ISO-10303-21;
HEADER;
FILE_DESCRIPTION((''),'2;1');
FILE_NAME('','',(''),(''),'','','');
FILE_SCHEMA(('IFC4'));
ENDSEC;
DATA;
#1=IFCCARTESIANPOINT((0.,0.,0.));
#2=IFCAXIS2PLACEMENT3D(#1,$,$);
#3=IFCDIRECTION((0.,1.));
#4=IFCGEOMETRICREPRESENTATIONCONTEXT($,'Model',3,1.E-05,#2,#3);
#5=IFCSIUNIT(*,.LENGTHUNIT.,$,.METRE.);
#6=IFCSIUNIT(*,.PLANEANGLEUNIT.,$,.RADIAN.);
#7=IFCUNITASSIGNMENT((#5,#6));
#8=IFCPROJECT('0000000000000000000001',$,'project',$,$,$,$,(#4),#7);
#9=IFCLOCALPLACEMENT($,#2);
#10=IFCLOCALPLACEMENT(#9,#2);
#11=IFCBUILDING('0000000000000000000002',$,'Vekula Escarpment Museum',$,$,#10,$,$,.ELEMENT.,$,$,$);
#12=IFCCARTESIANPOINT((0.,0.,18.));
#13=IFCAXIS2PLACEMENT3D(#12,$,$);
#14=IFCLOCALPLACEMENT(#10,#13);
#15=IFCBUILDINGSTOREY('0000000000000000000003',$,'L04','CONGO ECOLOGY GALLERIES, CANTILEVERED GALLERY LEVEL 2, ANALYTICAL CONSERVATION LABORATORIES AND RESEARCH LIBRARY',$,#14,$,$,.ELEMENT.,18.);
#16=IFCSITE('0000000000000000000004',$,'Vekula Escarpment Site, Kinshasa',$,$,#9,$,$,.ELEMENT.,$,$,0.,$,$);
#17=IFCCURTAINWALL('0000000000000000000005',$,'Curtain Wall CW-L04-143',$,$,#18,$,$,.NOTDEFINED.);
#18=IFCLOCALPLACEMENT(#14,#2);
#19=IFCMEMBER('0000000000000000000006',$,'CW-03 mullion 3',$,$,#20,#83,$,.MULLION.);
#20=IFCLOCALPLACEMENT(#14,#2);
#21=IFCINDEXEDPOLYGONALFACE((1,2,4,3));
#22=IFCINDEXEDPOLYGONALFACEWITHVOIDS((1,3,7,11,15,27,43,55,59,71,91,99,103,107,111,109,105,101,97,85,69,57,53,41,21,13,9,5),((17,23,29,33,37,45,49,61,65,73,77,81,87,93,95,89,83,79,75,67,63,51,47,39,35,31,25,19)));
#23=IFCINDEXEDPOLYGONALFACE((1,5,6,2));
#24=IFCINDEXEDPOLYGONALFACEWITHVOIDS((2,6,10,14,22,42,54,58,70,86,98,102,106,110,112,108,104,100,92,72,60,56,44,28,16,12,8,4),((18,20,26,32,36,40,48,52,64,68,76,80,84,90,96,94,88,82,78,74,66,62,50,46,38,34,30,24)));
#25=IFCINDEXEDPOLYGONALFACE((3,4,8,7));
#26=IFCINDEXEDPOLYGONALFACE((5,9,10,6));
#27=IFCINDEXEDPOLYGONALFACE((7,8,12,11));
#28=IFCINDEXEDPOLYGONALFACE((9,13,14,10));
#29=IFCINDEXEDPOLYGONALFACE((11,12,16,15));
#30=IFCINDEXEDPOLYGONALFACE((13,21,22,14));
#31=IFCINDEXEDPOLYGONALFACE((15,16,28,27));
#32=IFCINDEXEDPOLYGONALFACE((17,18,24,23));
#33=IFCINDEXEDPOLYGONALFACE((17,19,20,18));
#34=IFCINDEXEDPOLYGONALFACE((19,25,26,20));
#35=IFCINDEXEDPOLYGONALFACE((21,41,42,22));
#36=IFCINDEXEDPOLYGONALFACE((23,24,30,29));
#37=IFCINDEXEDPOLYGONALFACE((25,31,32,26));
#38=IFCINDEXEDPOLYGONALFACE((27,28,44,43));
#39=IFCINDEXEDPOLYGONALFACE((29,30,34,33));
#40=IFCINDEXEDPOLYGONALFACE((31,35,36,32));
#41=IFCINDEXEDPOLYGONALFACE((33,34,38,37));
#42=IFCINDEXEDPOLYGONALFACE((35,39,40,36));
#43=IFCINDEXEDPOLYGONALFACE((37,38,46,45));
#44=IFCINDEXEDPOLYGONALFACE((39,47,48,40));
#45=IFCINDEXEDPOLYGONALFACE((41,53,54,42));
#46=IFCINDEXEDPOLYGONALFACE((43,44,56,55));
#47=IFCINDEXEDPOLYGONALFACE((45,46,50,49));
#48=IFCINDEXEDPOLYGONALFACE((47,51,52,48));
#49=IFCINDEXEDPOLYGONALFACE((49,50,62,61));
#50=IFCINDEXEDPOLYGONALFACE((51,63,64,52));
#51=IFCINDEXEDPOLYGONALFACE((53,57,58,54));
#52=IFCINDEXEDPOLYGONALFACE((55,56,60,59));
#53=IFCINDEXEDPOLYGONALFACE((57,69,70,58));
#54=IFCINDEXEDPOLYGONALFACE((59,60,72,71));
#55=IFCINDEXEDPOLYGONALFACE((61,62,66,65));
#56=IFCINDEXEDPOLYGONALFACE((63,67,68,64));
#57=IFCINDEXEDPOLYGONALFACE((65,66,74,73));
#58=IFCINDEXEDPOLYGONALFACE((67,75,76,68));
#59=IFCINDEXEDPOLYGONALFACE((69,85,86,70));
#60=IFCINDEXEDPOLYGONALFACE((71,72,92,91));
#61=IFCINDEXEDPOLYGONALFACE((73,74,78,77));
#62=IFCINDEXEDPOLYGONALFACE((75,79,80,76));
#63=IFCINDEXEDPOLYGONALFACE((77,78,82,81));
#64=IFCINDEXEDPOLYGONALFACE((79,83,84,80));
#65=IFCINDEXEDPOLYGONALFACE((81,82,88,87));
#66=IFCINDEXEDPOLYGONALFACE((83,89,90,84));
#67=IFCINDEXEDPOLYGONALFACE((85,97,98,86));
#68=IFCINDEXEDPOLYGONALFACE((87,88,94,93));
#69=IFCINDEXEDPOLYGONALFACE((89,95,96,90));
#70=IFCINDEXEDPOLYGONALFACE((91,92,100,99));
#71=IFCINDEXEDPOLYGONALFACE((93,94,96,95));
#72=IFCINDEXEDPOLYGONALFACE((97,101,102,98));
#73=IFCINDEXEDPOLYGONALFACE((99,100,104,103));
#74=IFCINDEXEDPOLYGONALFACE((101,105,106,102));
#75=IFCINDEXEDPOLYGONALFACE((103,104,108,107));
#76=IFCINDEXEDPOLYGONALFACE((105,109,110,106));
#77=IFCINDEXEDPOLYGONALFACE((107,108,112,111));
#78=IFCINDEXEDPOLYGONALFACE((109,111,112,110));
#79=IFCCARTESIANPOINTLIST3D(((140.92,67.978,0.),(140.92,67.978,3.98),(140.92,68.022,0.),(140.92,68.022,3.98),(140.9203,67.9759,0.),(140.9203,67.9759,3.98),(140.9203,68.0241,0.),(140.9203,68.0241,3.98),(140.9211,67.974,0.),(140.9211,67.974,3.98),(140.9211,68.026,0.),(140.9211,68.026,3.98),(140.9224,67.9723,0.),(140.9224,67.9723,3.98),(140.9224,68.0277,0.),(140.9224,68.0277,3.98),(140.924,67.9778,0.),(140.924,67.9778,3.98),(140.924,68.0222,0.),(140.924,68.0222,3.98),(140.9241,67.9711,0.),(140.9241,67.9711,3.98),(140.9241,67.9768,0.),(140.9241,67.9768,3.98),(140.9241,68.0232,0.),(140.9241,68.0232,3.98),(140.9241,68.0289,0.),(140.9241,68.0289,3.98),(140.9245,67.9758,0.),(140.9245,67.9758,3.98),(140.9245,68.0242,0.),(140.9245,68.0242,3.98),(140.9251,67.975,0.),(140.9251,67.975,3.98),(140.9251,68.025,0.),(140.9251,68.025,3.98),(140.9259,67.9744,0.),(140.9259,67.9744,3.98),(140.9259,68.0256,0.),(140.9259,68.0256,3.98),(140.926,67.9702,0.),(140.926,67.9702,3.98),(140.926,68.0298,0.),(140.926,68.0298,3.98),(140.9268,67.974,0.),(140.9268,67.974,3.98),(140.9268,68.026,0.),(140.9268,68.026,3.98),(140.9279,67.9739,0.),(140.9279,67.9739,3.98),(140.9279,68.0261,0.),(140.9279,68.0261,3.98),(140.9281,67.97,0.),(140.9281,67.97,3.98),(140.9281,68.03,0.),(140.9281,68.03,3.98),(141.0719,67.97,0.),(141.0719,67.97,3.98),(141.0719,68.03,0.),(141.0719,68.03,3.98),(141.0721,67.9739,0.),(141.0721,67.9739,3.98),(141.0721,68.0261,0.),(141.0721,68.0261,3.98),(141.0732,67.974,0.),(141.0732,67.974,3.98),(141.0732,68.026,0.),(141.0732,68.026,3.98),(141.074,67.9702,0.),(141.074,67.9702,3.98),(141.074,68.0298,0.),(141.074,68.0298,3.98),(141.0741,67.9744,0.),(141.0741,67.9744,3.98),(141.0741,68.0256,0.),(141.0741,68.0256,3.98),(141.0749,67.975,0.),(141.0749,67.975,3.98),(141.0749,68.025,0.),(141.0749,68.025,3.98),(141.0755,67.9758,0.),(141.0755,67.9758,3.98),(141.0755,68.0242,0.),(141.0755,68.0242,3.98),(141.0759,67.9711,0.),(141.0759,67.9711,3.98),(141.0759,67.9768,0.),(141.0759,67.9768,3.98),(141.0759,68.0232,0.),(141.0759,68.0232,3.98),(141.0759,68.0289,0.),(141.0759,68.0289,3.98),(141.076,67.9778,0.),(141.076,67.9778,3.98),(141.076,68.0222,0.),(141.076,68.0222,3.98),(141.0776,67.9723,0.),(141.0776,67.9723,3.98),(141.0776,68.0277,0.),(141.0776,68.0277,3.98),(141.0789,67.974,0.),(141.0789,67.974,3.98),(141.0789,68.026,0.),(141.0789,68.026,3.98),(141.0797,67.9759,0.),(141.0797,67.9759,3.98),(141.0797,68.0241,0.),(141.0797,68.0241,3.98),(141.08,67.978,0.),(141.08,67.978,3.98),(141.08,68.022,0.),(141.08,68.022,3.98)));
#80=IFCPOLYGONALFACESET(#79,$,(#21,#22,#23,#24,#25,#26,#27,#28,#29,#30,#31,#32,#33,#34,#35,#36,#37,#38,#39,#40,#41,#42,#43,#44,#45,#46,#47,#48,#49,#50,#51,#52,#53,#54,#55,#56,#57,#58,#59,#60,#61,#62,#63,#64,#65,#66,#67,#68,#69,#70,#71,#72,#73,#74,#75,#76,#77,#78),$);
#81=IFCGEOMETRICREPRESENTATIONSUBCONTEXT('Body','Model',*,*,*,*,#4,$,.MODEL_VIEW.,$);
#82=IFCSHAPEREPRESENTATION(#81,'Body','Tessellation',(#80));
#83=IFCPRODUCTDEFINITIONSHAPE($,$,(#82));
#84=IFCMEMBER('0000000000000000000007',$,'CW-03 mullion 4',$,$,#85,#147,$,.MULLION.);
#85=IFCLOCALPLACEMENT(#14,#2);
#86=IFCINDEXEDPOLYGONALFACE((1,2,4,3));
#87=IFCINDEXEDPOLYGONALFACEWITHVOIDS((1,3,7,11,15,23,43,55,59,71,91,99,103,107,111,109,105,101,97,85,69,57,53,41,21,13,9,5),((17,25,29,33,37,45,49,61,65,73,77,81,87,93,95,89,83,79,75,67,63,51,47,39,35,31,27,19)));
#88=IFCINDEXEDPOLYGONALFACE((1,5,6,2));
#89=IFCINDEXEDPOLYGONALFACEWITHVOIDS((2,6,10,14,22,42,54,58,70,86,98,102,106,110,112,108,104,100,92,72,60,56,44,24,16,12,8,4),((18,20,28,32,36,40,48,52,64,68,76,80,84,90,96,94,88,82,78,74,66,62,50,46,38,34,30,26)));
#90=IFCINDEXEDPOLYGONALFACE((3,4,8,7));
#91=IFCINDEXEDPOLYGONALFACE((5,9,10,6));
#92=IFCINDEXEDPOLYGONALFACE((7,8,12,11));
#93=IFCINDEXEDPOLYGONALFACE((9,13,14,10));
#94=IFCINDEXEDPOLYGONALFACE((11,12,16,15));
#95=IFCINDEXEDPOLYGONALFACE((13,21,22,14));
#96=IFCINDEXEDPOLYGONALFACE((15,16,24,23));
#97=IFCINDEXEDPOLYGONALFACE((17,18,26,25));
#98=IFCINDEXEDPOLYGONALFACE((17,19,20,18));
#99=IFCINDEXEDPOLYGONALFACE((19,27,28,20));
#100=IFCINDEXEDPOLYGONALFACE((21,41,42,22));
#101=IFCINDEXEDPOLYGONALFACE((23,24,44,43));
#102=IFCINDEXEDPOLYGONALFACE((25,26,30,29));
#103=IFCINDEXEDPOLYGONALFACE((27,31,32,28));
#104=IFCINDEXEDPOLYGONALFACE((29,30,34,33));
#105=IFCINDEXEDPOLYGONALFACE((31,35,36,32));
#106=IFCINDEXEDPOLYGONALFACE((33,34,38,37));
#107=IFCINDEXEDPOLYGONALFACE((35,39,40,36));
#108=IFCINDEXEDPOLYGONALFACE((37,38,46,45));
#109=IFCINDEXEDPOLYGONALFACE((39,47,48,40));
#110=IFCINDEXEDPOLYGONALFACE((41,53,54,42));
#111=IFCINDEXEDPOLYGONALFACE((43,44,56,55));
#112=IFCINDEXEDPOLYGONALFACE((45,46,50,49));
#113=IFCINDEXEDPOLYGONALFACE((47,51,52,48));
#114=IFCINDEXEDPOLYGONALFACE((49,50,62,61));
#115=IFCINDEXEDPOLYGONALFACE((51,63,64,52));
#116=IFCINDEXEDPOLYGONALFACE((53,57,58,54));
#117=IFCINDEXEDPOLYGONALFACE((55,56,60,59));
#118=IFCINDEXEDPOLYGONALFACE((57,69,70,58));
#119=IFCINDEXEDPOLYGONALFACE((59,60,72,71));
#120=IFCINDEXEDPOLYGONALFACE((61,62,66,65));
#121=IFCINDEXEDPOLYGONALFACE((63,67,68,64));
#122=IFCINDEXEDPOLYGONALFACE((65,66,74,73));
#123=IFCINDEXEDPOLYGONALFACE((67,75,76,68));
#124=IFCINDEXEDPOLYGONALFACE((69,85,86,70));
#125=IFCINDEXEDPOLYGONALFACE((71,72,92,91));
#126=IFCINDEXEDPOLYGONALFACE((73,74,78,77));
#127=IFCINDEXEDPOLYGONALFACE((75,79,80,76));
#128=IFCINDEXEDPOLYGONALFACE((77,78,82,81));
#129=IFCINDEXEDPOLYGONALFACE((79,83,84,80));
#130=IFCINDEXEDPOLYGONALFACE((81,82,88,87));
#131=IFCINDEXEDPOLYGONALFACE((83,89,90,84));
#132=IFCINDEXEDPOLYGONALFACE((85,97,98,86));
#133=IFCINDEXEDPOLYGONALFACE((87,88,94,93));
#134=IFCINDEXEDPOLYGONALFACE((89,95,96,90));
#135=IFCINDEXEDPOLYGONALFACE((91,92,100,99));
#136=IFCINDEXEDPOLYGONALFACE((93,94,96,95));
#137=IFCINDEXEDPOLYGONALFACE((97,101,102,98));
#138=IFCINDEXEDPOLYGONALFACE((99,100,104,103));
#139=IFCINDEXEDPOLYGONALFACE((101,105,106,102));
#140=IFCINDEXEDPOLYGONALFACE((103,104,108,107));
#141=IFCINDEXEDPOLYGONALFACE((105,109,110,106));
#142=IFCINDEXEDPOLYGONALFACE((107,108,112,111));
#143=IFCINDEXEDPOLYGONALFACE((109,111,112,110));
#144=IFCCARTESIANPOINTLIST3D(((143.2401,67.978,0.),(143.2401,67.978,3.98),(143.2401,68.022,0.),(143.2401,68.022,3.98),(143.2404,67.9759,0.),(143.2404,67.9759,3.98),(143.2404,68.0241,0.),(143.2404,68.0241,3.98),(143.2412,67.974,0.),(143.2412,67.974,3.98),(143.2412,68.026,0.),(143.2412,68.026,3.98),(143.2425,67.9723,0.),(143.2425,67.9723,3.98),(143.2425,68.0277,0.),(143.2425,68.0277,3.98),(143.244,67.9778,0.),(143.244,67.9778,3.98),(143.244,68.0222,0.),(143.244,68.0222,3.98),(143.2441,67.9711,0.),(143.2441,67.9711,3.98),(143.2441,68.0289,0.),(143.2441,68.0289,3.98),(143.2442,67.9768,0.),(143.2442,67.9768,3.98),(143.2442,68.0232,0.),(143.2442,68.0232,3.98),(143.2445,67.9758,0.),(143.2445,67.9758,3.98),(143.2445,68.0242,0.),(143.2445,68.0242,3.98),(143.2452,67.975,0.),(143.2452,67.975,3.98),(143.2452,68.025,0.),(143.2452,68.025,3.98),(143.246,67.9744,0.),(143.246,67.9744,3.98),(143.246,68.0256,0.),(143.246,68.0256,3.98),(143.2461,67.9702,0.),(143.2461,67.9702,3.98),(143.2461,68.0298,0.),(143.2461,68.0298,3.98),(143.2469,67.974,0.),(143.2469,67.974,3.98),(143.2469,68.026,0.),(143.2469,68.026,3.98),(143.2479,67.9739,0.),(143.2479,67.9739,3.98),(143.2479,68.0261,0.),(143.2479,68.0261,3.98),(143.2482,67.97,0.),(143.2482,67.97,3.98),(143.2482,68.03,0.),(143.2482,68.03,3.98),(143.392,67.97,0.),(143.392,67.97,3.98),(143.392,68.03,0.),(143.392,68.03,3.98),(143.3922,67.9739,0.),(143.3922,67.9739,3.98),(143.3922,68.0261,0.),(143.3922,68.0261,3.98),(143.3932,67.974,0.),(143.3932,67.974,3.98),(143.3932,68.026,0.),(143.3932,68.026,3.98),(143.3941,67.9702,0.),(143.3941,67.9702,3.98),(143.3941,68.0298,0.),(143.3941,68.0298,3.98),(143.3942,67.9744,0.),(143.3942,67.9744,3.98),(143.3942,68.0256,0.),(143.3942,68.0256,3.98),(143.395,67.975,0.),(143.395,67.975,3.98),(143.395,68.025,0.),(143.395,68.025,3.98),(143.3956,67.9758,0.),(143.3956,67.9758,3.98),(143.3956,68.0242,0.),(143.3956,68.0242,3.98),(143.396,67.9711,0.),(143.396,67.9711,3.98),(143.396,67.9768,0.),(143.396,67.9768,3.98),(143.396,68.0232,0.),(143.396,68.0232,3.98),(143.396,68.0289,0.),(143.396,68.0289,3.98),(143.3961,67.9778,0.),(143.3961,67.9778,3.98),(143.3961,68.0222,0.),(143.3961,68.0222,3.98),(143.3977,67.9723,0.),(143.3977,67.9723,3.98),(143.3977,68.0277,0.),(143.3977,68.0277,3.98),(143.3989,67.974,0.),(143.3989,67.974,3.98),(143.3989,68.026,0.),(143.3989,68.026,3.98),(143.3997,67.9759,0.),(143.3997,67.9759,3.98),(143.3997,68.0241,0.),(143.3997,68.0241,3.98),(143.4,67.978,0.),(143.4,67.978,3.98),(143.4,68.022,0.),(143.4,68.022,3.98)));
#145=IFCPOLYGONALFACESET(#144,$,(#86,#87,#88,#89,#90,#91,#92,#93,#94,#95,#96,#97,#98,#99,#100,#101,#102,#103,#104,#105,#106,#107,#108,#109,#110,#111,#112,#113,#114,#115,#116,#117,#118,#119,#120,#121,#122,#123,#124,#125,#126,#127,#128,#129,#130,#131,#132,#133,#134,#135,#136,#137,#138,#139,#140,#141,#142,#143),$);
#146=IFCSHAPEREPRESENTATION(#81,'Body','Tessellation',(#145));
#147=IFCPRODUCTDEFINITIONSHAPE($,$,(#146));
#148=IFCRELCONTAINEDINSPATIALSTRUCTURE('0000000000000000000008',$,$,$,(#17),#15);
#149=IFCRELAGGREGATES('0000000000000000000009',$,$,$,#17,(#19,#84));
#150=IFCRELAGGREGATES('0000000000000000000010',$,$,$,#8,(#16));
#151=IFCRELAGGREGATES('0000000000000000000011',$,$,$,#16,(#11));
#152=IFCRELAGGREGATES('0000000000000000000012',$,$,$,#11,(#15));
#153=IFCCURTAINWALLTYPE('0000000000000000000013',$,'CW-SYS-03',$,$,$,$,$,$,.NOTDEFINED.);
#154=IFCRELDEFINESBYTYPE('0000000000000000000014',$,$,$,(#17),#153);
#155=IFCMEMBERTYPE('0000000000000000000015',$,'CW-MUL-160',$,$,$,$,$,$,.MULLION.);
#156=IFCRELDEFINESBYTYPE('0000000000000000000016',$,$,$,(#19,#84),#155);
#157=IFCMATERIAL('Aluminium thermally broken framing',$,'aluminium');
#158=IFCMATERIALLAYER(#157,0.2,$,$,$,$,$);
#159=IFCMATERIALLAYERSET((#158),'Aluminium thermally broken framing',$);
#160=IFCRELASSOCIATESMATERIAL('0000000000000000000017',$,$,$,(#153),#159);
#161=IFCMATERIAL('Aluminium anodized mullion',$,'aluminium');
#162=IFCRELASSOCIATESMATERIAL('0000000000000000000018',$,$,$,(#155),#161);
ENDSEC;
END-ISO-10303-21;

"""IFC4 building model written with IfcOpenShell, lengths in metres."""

from ifc_helpers import new_model, si_unit, direction, frame, origin, origin_2d, place, context, subcontext, project, spatial, hollow_rectangle, extrude, material, layer, layer_set, material_profile, profile_set, type_object, element, aggregate, save


model = new_model("IFC4")

# Units and contexts
model_context = context("Model", 3, precision=1e-05, world=origin(), true_north=direction((0.0, 1.0)))
body_context = subcontext(model_context, "Body", "Model", "MODEL_VIEW")
ifc_project = project(units=[si_unit("LENGTHUNIT", "METRE"), si_unit("PLANEANGLEUNIT", "RADIAN")], contexts=[model_context])

# Site, building, storey
site_placement = place(None, origin())
site = spatial("IfcSite", under=ifc_project, at=site_placement, Name="Vekula Escarpment Site, Kinshasa", CompositionType="ELEMENT", RefElevation=0.0)
building_placement = place(site_placement, origin())
building = spatial("IfcBuilding", under=site, at=building_placement, Name="Vekula Escarpment Museum", CompositionType="ELEMENT")
storey_placement = place(building_placement, frame((0.0, 0.0, 18.0)))
storey = spatial("IfcBuildingStorey", under=building, at=storey_placement, Name="L04", Description="CONGO ECOLOGY GALLERIES, CANTILEVERED GALLERY LEVEL 2, ANALYTICAL CONSERVATION LABORATORIES AND RESEARCH LIBRARY", CompositionType="ELEMENT", Elevation=18.0)

# Curtain wall, members
ifc_material_1 = material(Name="Aluminium thermally broken framing", Category="aluminium")
ifc_layer_1 = layer(ifc_material_1, 0.2)
ifc_layer_set_1 = layer_set([ifc_layer_1], Name="Aluminium thermally broken framing")
curtain_wall_type = type_object("IfcCurtainWallType", Name="CW-SYS-03", PredefinedType="NOTDEFINED", material=ifc_layer_set_1)
curtain_wall_placement = place(storey_placement, origin())
curtain_wall = element("IfcCurtainWall", 1, at=curtain_wall_placement, inside=storey, type_object=curtain_wall_type, Name="Curtain Wall CW-L04-143", PredefinedType="NOTDEFINED")
ifc_material_2 = material(Name="Aluminium anodized mullion", Category="aluminium")
ifc_material_profile_1 = material_profile(ifc_material_2, hollow_rectangle(XDim=0.0601, YDim=0.1599, WallThickness=0.0039, InnerFilletRadius=0.0039, OuterFilletRadius=0.0081, at=origin_2d()), Name="ALU 160x60x4")
ifc_profile_set_1 = profile_set([ifc_material_profile_1], Name="Aluminium anodized mullion")
member_type_1 = type_object("IfcMemberType", Name="CW-MUL-160", PredefinedType="MULLION", material=ifc_profile_set_1)
member_1_placement = place(storey_placement, frame((141.0, 68.0, 0.0), z_axis=(0.0, 0.0, 1.0), x_axis=(0.0, 1.0, 0.0)))
member_1 = element("IfcMember", 2, at=member_1_placement, type_object=member_type_1, Name="CW-03 mullion 3", PredefinedType="MULLION", context=body_context, shape_type="SweptSolid", body=[
    extrude(hollow_rectangle(XDim=0.0601, YDim=0.1599, WallThickness=0.0039, InnerFilletRadius=0.0039, OuterFilletRadius=0.0081, at=origin_2d()), origin(), (0.0, 0.0, 1.0), 3.98),
])
member_2_placement = place(storey_placement, frame((143.3201, 68.0, 0.0), z_axis=(0.0, 0.0, 1.0), x_axis=(0.0, 1.0, 0.0)))
member_2 = element("IfcMember", 3, at=member_2_placement, type_object=member_type_1, Name="CW-03 mullion 4", PredefinedType="MULLION", context=body_context, shape_type="SweptSolid", body=[
    extrude(hollow_rectangle(XDim=0.0601, YDim=0.1599, WallThickness=0.0039, InnerFilletRadius=0.0039, OuterFilletRadius=0.0081, at=origin_2d()), origin(), (0.0, 0.0, 1.0), 3.98),
])

aggregate(curtain_wall, [member_1, member_2])

save(model, "model.ifc")
